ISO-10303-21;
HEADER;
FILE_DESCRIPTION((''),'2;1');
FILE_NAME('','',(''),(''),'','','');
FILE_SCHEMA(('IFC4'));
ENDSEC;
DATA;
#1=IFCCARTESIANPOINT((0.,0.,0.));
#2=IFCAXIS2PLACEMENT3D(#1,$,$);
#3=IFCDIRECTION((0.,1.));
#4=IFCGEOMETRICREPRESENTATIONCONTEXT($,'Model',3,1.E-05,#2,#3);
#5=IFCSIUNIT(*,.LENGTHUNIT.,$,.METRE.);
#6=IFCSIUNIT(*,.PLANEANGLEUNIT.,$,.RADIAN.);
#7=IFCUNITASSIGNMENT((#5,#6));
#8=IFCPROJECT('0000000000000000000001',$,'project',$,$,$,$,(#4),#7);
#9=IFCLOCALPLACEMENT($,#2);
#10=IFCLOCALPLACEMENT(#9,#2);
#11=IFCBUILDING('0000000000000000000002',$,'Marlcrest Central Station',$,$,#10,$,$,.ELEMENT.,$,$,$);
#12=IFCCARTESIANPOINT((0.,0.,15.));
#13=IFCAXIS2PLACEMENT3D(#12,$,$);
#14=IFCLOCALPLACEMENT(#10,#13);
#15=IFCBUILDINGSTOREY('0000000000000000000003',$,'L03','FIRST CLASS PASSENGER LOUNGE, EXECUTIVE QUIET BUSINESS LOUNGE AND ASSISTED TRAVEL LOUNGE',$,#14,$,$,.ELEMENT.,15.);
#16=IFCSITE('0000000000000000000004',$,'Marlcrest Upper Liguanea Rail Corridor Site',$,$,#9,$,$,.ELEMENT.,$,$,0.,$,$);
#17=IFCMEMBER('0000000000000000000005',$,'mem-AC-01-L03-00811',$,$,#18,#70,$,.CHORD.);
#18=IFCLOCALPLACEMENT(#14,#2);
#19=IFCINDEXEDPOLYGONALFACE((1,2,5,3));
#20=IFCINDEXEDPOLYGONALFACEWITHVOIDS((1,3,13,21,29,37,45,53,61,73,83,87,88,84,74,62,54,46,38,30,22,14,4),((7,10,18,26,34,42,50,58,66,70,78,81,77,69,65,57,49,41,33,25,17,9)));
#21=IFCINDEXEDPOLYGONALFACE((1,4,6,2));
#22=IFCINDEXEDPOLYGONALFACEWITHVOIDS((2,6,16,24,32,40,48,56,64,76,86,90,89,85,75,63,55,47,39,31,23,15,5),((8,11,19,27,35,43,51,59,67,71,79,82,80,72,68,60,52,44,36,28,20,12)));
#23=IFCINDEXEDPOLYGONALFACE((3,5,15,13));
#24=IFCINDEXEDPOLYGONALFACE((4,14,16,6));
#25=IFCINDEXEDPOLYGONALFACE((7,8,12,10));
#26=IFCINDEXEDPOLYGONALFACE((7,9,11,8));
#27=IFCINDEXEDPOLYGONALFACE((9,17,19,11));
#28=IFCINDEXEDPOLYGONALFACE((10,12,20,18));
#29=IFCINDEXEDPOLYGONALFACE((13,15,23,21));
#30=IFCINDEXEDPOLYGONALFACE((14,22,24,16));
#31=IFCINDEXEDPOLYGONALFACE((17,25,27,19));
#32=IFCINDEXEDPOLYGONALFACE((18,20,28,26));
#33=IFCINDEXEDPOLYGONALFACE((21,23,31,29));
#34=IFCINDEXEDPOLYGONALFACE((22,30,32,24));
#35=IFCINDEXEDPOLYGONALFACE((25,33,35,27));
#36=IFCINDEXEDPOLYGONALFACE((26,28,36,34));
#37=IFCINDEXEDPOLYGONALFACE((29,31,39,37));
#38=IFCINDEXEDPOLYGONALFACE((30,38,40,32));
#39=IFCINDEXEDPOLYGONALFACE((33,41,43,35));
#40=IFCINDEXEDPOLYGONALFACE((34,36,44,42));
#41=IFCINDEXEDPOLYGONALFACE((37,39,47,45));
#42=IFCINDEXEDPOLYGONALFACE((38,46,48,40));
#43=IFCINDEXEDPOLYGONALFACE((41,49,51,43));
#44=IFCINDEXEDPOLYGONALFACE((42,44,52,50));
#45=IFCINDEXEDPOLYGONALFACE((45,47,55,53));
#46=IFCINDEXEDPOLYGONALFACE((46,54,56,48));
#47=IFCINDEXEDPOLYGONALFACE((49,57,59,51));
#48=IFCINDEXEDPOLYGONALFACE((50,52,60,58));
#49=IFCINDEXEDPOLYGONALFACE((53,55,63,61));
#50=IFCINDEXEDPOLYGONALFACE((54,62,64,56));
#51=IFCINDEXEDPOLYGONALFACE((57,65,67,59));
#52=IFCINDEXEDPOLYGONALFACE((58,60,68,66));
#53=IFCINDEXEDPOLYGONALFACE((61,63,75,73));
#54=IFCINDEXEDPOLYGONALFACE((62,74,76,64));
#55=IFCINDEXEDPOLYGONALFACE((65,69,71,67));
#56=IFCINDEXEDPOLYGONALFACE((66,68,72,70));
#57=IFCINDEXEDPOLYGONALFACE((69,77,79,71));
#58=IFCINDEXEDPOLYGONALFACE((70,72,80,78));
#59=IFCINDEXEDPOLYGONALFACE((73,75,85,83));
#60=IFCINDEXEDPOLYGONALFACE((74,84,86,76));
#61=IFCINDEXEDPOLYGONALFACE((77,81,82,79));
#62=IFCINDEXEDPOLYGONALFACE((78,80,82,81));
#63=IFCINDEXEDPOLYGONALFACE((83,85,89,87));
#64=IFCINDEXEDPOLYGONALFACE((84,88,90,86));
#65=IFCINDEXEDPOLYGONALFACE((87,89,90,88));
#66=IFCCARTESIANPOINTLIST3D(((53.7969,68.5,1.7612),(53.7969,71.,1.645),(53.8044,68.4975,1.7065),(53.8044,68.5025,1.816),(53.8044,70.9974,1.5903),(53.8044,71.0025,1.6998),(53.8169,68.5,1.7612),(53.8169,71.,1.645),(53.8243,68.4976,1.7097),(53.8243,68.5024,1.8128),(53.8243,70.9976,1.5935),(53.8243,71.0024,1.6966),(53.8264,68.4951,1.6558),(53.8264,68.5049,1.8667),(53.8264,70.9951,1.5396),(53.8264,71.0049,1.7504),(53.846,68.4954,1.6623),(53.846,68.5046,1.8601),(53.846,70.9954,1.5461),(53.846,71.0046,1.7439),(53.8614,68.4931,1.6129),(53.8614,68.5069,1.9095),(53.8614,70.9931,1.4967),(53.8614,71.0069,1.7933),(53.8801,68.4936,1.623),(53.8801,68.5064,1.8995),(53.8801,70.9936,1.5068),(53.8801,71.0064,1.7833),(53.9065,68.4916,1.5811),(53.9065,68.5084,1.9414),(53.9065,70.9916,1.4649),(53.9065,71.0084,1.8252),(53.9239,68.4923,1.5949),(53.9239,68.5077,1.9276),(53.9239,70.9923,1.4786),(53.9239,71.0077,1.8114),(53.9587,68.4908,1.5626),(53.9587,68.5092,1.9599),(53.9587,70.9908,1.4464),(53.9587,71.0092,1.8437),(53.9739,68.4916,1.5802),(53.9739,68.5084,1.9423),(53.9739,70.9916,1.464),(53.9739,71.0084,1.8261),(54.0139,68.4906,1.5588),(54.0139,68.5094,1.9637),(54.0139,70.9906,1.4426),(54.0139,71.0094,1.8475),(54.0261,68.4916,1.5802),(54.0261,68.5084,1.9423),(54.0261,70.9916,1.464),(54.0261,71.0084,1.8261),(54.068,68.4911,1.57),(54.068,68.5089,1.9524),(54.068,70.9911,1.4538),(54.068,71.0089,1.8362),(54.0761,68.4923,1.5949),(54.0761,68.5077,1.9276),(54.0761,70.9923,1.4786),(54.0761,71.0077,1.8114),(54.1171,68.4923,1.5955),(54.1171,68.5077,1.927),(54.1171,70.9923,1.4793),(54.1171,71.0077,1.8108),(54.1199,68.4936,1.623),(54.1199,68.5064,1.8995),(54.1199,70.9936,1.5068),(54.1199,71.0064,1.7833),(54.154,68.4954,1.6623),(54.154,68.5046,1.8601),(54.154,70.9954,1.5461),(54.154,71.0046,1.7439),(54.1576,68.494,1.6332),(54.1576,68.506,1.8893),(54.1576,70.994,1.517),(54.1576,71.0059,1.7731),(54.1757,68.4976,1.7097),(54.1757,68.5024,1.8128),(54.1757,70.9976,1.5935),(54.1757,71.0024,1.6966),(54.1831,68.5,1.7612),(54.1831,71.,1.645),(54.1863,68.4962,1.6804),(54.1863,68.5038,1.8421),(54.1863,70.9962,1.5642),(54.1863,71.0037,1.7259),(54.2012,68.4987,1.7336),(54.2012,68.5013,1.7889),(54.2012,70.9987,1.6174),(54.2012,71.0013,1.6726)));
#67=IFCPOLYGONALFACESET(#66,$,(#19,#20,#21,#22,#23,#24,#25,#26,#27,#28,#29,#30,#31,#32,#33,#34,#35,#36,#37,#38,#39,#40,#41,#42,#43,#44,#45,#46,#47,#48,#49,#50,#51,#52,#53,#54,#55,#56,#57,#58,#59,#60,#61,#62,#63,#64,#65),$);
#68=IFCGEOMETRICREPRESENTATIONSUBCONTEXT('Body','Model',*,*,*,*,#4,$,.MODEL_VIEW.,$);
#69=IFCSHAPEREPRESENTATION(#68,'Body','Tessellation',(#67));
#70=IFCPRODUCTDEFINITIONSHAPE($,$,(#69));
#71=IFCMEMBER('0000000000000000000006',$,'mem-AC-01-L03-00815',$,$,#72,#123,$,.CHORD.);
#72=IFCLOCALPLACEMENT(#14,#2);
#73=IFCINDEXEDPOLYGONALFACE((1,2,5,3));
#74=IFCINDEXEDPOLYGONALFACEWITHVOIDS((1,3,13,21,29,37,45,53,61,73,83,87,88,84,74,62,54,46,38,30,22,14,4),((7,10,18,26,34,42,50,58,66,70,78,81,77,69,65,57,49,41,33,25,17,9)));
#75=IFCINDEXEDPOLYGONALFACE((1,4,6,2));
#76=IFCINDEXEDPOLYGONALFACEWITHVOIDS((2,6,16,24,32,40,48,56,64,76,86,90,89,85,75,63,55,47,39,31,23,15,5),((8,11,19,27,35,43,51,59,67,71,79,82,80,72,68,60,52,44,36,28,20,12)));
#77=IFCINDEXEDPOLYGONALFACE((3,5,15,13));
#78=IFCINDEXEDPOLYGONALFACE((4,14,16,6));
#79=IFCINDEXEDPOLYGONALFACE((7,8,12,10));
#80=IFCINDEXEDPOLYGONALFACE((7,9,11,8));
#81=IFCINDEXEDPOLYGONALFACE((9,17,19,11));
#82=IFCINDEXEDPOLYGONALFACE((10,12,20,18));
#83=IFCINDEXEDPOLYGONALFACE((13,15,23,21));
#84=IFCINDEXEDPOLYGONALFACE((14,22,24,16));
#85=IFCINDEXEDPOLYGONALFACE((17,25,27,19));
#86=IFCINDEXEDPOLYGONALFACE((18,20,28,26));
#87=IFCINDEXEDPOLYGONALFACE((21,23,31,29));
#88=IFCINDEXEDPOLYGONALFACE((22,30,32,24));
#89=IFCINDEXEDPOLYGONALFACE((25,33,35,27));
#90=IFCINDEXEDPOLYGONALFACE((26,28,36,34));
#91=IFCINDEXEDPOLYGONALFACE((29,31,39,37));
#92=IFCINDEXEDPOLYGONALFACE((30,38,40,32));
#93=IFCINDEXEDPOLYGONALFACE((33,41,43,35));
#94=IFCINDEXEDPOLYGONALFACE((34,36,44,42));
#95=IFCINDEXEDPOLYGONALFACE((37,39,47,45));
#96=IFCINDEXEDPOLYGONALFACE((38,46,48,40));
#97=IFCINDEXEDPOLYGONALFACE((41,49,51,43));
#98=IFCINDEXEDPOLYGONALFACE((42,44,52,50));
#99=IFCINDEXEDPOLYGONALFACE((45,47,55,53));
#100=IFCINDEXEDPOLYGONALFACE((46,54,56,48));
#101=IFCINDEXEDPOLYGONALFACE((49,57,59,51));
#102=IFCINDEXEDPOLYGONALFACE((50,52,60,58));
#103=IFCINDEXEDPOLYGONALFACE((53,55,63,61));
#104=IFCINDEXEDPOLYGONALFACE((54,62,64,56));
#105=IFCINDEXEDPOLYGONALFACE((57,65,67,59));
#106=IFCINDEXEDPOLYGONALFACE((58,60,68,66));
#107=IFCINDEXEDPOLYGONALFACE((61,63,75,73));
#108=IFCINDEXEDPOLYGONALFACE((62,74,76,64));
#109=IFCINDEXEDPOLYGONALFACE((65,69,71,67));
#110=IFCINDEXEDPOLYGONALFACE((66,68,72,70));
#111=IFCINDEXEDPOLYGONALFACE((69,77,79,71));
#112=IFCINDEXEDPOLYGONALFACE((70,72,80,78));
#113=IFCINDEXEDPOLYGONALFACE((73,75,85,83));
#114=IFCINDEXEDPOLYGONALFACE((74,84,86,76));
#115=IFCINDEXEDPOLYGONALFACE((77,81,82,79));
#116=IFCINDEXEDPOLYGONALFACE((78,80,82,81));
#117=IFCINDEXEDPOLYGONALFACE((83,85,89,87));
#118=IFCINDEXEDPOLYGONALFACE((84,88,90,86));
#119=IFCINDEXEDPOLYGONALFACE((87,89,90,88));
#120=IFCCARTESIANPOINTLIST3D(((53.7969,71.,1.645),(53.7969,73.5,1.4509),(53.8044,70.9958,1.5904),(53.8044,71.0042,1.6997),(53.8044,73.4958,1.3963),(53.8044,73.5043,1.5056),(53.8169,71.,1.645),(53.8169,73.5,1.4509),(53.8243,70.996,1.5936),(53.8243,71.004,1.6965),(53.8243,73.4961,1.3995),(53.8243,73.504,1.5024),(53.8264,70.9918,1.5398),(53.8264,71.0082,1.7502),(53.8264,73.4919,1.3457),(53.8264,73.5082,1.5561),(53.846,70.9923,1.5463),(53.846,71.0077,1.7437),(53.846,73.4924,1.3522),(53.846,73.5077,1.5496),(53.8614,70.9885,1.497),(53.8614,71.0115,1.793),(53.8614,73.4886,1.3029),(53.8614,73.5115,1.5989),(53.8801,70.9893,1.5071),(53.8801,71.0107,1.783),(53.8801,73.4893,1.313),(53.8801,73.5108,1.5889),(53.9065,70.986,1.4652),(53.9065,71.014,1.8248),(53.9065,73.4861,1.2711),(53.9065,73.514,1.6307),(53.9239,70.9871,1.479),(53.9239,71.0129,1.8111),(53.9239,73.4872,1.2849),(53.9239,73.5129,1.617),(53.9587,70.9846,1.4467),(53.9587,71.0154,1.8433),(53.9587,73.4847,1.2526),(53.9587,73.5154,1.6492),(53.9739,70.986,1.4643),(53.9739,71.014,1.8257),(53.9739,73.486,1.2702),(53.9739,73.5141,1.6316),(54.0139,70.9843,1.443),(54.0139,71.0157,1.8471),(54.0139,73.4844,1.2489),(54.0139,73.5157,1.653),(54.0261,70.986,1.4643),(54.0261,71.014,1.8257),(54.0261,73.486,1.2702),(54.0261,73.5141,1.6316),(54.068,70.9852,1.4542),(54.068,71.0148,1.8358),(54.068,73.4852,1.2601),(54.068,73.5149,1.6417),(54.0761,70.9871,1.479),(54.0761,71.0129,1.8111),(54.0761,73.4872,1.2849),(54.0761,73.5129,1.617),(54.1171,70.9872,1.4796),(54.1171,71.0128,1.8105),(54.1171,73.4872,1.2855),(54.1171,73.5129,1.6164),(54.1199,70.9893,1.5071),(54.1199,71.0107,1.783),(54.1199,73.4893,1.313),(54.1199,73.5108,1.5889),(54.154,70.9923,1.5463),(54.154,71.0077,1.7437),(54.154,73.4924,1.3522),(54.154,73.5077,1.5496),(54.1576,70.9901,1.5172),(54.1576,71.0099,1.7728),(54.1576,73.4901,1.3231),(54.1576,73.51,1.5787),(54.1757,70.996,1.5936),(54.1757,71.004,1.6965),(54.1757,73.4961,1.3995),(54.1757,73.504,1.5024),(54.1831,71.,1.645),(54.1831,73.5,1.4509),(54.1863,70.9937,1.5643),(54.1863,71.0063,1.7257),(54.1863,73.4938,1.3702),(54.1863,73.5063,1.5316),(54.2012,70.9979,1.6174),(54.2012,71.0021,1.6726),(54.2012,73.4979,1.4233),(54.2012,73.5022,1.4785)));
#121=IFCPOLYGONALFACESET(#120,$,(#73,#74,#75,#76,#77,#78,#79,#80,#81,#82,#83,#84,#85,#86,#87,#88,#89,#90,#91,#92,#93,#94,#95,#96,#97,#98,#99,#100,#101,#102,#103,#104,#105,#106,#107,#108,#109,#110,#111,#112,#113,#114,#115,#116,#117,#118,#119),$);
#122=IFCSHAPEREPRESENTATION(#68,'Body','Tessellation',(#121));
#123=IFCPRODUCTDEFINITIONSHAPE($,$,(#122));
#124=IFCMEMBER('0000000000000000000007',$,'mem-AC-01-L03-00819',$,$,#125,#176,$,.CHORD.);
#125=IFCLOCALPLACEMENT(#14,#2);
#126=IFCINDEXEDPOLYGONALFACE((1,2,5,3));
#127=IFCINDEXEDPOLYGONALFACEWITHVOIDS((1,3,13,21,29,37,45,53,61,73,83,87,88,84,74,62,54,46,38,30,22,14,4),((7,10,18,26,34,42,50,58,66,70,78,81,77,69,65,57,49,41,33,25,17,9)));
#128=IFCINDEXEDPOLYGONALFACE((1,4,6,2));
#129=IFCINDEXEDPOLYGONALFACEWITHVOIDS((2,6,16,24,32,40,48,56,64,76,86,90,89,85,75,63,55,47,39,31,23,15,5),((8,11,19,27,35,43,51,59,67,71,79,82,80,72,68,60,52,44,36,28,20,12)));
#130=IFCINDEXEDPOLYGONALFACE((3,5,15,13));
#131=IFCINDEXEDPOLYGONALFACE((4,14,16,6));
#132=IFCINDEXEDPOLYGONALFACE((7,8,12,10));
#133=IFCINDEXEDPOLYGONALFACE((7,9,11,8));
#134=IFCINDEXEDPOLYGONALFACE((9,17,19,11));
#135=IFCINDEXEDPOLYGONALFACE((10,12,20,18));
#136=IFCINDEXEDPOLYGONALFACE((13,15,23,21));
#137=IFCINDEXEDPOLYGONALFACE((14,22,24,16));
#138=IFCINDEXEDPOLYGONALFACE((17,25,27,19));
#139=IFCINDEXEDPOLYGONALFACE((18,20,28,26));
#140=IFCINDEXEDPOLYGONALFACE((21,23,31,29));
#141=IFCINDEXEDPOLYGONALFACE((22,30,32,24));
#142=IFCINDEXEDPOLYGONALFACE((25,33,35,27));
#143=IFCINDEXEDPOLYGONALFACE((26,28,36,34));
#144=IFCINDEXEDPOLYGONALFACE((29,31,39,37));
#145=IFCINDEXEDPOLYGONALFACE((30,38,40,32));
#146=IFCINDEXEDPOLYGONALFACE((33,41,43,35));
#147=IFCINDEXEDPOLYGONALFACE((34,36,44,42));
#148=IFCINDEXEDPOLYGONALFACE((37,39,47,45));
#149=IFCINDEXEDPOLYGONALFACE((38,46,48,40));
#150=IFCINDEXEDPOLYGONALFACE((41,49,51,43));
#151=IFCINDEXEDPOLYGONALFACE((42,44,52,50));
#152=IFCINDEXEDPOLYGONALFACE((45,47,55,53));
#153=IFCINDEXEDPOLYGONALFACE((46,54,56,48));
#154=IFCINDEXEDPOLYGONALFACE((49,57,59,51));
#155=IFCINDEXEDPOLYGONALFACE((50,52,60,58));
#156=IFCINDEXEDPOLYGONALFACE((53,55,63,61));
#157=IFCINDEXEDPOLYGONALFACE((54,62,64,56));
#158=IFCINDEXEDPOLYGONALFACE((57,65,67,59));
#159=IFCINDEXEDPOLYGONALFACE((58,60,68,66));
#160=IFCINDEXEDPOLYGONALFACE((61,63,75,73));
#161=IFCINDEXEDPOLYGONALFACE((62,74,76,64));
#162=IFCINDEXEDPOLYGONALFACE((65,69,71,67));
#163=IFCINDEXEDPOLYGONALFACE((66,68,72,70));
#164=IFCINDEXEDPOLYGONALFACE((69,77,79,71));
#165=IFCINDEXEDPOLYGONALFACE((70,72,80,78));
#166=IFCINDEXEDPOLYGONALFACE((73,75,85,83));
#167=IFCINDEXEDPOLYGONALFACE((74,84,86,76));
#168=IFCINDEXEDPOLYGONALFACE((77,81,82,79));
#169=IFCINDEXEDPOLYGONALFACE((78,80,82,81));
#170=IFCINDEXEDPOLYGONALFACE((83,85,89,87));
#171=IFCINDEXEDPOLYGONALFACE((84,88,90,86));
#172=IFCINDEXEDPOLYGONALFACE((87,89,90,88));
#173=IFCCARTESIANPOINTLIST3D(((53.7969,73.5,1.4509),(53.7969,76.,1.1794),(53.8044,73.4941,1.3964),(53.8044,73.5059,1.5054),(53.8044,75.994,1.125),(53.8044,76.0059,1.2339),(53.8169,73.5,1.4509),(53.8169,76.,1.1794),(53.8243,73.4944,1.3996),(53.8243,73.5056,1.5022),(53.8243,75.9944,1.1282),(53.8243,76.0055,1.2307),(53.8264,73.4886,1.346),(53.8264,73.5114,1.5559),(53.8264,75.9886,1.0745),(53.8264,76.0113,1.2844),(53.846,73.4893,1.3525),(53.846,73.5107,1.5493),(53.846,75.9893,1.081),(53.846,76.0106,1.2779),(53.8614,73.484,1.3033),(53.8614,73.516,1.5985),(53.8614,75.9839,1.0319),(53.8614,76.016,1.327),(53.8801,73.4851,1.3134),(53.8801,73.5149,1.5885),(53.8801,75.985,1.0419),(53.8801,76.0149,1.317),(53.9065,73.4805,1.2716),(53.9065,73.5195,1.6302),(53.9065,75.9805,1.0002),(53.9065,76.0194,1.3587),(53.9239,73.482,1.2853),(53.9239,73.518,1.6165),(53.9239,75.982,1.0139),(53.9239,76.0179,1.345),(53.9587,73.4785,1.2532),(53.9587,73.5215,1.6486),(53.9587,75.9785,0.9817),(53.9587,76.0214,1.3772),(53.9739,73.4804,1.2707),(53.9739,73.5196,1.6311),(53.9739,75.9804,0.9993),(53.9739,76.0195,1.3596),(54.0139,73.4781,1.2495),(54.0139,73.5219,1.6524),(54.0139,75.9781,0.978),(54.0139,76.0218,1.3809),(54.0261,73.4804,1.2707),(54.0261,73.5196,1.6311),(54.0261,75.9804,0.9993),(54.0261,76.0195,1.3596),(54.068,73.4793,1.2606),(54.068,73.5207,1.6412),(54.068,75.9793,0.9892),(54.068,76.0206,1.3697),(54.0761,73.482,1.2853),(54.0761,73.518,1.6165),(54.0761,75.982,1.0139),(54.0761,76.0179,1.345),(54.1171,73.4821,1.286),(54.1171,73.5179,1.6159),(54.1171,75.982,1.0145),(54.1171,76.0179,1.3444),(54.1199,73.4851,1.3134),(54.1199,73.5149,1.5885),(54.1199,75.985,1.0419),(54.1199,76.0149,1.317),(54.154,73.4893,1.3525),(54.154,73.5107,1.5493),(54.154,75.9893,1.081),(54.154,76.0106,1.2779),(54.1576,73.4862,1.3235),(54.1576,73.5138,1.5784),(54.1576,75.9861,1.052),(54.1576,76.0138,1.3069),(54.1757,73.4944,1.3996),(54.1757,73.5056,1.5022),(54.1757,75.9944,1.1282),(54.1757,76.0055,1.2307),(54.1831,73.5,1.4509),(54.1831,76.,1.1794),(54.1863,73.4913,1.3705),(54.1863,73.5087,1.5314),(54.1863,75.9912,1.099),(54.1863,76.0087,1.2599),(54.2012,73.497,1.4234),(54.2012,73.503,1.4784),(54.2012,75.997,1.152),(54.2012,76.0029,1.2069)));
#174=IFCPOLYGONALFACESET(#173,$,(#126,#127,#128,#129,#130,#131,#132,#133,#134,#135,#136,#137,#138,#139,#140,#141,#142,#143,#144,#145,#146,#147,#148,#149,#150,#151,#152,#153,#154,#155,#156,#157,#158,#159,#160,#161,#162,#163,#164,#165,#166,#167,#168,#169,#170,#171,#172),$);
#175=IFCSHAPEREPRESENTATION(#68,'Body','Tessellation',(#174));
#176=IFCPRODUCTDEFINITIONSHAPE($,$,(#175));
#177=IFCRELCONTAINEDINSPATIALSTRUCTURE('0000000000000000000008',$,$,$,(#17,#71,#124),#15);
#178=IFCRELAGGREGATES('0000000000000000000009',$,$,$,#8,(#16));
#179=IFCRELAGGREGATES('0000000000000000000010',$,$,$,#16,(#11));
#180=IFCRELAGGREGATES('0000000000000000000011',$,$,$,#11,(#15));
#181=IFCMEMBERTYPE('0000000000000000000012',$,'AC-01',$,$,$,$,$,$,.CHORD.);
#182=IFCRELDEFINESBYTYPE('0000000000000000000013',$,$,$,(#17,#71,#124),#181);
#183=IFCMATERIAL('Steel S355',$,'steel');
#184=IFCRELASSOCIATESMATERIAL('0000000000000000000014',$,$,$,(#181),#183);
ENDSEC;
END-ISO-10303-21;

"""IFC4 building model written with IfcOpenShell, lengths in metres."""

from ifc_helpers import new_model, si_unit, direction, frame, origin, origin_2d, place, context, subcontext, project, spatial, hollow_circle, extrude, material, material_profile, profile_set, type_object, element, save


model = new_model("IFC4")

# Units and contexts
model_context = context("Model", 3, precision=1e-05, world=origin(), true_north=direction((0.0, 1.0)))
body_context = subcontext(model_context, "Body", "Model", "MODEL_VIEW")
ifc_project = project(units=[si_unit("LENGTHUNIT", "METRE"), si_unit("PLANEANGLEUNIT", "RADIAN")], contexts=[model_context])

# Site, building, storey
site_placement = place(None, origin())
site = spatial("IfcSite", under=ifc_project, at=site_placement, Name="Marlcrest Upper Liguanea Rail Corridor Site", CompositionType="ELEMENT", RefElevation=0.0)
building_placement = place(site_placement, origin())
building = spatial("IfcBuilding", under=site, at=building_placement, Name="Marlcrest Central Station", CompositionType="ELEMENT")
storey_placement = place(building_placement, frame((0.0, 0.0, 15.0)))
storey = spatial("IfcBuildingStorey", under=building, at=storey_placement, Name="L03", Description="FIRST CLASS PASSENGER LOUNGE, EXECUTIVE QUIET BUSINESS LOUNGE AND ASSISTED TRAVEL LOUNGE", CompositionType="ELEMENT", Elevation=15.0)

# Members
ifc_material_1 = material(Name="Steel S355", Category="steel")
ifc_material_profile_1 = material_profile(ifc_material_1, hollow_circle(Radius=0.2031, WallThickness=0.02, at=origin_2d()), Name="CHS 406.4x20")
ifc_profile_set_1 = profile_set([ifc_material_profile_1], Name="Steel S355")
member_type_1 = type_object("IfcMemberType", Name="AC-01", PredefinedType="CHORD", material=ifc_profile_set_1)
member_1_placement = place(storey_placement, frame((54.0, 68.5, 1.7612), z_axis=(0.0, 0.998921, -0.046434), x_axis=(-1.0, 0.0, 0.0)))
element("IfcMember", 1, at=member_1_placement, inside=storey, type_object=member_type_1, Name="mem-AC-01-L03-00811", PredefinedType="CHORD", context=body_context, shape_type="SweptSolid", body=[
    extrude(hollow_circle(Radius=0.2031, WallThickness=0.02, at=origin_2d()), origin(), (0.0, 0.0, 1.0), 2.5027),
])
member_2_placement = place(storey_placement, frame((54.0, 71.0, 1.645), z_axis=(0.0, 0.997, -0.077404), x_axis=(-1.0, 0.0, 0.0)))
element("IfcMember", 2, at=member_2_placement, inside=storey, type_object=member_type_1, Name="mem-AC-01-L03-00815", PredefinedType="CHORD", context=body_context, shape_type="SweptSolid", body=[
    extrude(hollow_circle(Radius=0.2031, WallThickness=0.02, at=origin_2d()), origin(), (0.0, 0.0, 1.0), 2.5076),
])
member_3_placement = place(storey_placement, frame((54.0, 73.5, 1.4509), z_axis=(0.0, 0.994155, -0.107959), x_axis=(-1.0, 0.0, 0.0)))
element("IfcMember", 3, at=member_3_placement, inside=storey, type_object=member_type_1, Name="mem-AC-01-L03-00819", PredefinedType="CHORD", context=body_context, shape_type="SweptSolid", body=[
    extrude(hollow_circle(Radius=0.2031, WallThickness=0.02, at=origin_2d()), origin(), (0.0, 0.0, 1.0), 2.5146),
])

save(model, "model.ifc")
